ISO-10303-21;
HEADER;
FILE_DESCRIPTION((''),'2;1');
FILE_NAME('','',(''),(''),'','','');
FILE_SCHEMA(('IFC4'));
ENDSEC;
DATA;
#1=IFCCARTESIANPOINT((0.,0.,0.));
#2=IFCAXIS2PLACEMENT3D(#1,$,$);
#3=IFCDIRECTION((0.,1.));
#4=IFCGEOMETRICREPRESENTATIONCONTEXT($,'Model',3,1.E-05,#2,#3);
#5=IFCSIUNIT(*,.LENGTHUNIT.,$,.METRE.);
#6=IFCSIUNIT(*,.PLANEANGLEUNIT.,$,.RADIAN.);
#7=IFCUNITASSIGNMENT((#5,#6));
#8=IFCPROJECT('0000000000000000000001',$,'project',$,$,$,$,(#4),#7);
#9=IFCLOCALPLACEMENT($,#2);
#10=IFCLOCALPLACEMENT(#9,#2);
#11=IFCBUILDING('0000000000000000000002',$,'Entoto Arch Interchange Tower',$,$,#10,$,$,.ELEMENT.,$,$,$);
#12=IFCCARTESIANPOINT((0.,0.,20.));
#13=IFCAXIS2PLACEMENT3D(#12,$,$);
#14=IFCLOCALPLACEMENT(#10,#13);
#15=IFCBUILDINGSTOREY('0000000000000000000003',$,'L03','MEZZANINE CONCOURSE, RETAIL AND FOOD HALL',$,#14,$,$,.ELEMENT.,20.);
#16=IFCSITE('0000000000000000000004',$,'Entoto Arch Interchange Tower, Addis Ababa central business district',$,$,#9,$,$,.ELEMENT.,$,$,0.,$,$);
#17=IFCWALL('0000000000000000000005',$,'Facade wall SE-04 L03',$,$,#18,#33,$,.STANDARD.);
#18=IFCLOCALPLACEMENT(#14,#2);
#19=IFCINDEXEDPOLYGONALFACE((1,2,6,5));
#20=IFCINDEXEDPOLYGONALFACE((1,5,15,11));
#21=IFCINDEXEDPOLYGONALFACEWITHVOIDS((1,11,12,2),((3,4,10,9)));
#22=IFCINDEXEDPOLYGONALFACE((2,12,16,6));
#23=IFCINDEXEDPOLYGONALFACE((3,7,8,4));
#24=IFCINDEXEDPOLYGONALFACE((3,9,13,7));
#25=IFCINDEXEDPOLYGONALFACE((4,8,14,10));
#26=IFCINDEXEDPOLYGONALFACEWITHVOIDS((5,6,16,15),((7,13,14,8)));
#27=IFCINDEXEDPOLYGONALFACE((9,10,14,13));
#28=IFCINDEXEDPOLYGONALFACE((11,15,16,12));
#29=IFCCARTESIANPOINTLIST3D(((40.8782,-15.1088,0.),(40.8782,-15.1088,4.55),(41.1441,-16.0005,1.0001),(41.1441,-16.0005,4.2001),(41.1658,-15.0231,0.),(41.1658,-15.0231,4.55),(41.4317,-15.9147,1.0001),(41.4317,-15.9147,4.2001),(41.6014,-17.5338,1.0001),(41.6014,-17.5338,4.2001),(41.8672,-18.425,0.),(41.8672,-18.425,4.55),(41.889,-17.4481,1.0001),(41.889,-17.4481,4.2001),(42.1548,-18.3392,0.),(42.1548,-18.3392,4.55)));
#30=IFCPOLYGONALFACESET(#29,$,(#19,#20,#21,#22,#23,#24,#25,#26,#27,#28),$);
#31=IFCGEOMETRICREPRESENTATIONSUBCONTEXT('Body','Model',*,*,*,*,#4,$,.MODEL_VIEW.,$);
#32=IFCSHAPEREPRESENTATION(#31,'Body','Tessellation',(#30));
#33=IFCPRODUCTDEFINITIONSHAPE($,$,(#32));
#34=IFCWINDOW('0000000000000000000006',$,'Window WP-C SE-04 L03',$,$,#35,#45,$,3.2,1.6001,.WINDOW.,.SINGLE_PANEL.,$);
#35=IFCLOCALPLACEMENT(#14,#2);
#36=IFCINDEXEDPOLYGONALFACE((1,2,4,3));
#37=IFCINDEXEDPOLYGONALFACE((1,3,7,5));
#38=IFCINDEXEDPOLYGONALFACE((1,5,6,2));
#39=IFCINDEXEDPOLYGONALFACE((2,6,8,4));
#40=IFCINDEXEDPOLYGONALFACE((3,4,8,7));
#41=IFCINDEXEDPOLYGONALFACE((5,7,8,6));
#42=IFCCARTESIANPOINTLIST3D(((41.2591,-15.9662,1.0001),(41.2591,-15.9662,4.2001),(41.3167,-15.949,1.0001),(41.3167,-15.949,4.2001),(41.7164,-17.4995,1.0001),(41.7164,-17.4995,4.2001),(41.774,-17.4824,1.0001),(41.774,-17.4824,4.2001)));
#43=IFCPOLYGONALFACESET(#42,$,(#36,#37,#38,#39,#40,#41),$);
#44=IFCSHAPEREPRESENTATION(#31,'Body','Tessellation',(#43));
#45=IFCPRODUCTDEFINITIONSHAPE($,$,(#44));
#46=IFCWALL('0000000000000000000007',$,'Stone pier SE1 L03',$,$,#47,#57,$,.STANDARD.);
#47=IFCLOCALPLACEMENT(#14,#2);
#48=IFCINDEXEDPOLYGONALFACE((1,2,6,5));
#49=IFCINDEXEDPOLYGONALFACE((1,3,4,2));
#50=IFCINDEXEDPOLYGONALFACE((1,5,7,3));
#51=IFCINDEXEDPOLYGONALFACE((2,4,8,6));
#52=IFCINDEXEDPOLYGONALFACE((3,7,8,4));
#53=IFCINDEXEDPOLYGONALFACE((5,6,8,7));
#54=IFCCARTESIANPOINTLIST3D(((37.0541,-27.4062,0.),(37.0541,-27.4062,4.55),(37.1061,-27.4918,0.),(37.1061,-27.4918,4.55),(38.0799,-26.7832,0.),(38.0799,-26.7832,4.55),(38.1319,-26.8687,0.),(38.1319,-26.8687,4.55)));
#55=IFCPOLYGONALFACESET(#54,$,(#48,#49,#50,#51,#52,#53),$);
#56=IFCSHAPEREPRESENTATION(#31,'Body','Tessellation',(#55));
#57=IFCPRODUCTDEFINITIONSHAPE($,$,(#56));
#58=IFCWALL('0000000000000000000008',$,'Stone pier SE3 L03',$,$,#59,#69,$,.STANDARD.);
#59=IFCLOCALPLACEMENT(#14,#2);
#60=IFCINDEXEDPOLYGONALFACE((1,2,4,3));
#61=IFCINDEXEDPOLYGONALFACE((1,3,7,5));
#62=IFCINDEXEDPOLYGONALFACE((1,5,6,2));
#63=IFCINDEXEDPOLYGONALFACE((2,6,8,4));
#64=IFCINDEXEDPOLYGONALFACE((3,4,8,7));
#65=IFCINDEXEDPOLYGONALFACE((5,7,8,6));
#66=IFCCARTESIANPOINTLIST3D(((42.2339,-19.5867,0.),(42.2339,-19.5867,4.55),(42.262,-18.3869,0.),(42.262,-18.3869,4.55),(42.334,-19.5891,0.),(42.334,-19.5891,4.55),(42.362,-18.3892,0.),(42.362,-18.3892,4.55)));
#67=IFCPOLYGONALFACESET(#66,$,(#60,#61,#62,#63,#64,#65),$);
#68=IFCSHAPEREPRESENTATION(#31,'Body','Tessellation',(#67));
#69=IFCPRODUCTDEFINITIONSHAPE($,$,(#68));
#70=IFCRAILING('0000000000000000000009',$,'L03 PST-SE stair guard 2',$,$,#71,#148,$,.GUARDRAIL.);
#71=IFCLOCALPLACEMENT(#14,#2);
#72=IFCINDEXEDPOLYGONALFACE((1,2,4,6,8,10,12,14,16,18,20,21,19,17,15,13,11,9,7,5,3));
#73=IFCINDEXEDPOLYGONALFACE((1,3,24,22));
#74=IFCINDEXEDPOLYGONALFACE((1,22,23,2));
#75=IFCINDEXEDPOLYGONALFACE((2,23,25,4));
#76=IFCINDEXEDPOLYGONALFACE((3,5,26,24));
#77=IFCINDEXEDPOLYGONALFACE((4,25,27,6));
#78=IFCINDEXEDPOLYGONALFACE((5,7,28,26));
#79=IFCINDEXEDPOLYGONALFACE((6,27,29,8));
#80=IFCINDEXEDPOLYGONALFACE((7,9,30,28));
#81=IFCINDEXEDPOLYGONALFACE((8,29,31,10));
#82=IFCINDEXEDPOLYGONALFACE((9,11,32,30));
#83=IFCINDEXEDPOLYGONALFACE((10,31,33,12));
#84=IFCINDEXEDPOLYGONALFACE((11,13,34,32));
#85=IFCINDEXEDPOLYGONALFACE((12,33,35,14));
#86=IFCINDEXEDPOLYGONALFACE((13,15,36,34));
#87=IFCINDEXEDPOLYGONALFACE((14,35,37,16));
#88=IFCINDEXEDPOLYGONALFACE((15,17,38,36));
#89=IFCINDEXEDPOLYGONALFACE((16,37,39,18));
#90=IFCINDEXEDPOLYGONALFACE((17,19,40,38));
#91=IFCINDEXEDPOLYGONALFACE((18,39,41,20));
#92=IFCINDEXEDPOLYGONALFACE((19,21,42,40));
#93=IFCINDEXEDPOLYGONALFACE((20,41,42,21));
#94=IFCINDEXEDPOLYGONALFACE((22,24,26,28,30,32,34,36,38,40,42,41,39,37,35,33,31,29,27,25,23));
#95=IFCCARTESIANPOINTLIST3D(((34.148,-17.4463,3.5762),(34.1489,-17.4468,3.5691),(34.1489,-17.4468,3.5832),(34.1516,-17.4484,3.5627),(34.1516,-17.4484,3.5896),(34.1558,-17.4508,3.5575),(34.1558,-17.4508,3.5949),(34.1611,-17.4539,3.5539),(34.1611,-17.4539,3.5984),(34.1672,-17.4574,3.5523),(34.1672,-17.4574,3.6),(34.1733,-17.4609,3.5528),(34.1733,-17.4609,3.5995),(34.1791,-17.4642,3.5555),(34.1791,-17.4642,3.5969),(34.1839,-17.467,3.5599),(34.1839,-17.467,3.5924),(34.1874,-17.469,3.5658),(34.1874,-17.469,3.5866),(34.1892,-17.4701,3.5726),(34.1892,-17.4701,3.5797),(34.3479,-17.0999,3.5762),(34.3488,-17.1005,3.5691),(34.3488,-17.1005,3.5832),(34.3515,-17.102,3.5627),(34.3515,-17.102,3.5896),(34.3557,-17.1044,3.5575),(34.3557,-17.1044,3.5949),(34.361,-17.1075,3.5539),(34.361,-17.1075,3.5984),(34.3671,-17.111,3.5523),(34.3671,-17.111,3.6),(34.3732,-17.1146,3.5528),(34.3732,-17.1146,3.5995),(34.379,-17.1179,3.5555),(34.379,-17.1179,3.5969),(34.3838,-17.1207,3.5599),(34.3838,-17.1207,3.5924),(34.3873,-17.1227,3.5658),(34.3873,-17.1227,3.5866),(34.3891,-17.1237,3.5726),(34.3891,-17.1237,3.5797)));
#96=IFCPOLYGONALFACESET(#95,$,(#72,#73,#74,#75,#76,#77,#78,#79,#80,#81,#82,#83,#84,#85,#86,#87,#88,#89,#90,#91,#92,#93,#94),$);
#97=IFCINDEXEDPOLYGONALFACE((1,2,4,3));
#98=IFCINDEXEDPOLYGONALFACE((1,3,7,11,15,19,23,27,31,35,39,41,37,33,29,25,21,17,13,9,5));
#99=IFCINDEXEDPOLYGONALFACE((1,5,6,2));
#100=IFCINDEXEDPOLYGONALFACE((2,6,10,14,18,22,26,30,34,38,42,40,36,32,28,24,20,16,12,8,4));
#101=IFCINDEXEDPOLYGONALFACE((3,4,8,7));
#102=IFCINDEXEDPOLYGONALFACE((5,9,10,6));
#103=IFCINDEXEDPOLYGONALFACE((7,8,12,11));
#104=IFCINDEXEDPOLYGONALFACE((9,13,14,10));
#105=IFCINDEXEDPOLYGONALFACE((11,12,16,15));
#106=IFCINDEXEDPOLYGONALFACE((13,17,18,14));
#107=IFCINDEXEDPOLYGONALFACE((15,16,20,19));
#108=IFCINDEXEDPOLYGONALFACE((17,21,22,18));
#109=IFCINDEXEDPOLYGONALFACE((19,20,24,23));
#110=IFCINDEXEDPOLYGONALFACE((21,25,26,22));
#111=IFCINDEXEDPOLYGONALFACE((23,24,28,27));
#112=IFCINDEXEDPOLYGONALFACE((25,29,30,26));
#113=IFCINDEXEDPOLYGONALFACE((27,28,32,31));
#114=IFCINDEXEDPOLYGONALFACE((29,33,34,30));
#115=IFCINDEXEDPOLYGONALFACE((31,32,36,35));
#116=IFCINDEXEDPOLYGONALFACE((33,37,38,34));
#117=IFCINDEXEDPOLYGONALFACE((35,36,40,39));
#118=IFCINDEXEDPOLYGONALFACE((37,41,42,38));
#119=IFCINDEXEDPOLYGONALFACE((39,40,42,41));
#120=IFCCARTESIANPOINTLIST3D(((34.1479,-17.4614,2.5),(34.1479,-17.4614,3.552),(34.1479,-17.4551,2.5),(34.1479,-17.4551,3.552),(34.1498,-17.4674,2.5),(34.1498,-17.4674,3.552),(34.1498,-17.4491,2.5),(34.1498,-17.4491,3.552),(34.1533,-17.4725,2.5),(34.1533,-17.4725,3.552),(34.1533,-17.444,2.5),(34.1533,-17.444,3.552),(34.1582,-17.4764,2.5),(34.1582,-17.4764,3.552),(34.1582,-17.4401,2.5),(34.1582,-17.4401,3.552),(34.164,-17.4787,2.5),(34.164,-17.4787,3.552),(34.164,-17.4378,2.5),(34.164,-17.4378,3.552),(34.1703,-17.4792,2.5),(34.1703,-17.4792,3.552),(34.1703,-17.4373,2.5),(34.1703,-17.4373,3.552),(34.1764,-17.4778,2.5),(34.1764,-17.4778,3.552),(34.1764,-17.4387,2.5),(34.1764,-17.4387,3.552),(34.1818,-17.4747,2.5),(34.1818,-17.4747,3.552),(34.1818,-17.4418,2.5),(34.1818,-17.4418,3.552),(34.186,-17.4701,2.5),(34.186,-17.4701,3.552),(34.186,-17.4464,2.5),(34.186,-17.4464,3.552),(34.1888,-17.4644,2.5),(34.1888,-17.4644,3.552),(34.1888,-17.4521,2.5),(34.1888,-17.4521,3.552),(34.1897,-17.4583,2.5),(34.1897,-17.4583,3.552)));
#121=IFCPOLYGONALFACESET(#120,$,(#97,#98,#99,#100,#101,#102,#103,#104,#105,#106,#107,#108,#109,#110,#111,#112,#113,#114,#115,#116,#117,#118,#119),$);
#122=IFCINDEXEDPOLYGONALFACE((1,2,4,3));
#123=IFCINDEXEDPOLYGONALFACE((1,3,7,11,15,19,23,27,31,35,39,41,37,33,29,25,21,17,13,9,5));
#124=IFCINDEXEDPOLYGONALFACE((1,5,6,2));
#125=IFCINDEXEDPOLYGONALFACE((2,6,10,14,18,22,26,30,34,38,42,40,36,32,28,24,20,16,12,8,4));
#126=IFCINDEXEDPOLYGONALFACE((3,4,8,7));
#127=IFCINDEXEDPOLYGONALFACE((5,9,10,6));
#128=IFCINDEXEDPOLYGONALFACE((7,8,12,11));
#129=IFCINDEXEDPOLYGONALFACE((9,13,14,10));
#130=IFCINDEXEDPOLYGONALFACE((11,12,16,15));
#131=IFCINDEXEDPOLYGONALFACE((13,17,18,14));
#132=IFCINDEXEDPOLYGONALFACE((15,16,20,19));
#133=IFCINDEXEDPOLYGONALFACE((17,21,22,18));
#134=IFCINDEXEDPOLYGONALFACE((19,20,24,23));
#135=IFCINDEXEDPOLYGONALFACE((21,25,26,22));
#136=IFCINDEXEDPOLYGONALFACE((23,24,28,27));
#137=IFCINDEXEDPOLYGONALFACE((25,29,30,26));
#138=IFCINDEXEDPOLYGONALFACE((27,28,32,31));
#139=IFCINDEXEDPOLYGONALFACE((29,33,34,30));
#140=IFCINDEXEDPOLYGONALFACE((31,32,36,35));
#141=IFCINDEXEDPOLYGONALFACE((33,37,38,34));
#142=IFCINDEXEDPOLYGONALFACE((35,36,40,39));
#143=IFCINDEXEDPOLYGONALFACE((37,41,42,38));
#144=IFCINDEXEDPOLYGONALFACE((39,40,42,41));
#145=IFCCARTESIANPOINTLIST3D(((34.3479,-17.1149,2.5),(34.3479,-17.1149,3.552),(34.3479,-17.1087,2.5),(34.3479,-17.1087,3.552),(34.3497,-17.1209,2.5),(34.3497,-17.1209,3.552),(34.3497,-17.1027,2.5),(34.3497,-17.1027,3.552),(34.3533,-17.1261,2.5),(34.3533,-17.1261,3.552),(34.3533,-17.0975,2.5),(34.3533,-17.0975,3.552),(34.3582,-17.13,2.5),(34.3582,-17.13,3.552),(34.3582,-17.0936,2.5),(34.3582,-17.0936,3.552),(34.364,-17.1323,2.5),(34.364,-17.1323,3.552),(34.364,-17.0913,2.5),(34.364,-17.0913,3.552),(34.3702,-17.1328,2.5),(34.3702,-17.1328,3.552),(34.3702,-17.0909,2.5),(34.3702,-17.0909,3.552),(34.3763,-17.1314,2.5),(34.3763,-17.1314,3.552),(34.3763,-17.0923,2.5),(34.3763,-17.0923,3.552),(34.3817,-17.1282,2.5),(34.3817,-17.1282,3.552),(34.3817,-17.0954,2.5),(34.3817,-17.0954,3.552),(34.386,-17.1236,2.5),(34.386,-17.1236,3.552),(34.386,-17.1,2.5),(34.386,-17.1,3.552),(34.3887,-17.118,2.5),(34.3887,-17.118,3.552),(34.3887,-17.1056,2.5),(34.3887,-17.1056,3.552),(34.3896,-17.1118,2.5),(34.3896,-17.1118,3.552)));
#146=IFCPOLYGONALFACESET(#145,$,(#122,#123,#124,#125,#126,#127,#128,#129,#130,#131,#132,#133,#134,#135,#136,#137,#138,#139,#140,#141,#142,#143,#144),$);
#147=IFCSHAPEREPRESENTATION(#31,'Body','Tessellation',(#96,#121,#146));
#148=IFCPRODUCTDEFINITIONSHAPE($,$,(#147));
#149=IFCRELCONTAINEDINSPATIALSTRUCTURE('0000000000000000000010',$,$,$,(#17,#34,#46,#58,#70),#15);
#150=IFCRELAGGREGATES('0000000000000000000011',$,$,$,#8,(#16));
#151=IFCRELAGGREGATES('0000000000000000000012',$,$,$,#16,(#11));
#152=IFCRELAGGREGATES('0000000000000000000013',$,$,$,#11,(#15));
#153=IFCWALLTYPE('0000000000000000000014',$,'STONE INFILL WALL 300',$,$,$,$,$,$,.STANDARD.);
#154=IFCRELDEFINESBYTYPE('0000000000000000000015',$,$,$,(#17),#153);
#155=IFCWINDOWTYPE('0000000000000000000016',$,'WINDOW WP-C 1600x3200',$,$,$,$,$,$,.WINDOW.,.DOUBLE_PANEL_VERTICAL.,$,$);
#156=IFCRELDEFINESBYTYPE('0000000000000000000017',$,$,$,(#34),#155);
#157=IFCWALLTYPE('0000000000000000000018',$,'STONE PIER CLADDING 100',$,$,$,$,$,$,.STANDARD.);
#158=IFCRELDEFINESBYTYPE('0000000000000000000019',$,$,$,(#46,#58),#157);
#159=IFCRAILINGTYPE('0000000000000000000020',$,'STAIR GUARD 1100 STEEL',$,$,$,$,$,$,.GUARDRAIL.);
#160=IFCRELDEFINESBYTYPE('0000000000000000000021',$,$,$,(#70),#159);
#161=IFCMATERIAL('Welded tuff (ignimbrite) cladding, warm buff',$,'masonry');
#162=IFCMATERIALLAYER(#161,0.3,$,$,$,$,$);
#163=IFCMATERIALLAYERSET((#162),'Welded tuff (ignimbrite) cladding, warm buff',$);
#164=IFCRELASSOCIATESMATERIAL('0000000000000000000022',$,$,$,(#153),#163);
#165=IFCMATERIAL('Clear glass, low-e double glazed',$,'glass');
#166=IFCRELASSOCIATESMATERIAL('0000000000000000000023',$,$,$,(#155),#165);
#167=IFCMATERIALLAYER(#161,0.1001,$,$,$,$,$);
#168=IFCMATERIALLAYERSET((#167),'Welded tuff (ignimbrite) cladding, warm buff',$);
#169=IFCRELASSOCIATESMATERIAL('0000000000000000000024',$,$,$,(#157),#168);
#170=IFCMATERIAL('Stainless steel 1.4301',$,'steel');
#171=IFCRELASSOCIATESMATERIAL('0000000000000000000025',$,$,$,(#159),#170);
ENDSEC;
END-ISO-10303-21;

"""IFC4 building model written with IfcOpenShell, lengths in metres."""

from ifc_helpers import new_model, si_unit, direction, frame, frame_2d, origin, origin_2d, place, context, subcontext, project, spatial, rectangle, circle, extrude, material, layer, layer_set, type_object, element, fill, save


model = new_model("IFC4")

# Units and contexts
model_context = context("Model", 3, precision=1e-05, world=origin(), true_north=direction((0.0, 1.0)))
body_context = subcontext(model_context, "Body", "Model", "MODEL_VIEW")
ifc_project = project(units=[si_unit("LENGTHUNIT", "METRE"), si_unit("PLANEANGLEUNIT", "RADIAN")], contexts=[model_context])

# Site, building, storey
site_placement = place(None, origin())
site = spatial("IfcSite", under=ifc_project, at=site_placement, Name="Entoto Arch Interchange Tower, Addis Ababa central business district", CompositionType="ELEMENT", RefElevation=0.0)
building_placement = place(site_placement, origin())
building = spatial("IfcBuilding", under=site, at=building_placement, Name="Entoto Arch Interchange Tower", CompositionType="ELEMENT")
storey_placement = place(building_placement, frame((0.0, 0.0, 20.0)))
storey = spatial("IfcBuildingStorey", under=building, at=storey_placement, Name="L03", Description="MEZZANINE CONCOURSE, RETAIL AND FOOD HALL", CompositionType="ELEMENT", Elevation=20.0)

# Wall, opening, window
ifc_material_1 = material(Name="Welded tuff (ignimbrite) cladding, warm buff", Category="masonry")
ifc_layer_1 = layer(ifc_material_1, 0.3)
ifc_layer_set_1 = layer_set([ifc_layer_1], Name="Welded tuff (ignimbrite) cladding, warm buff")
wall_type_1 = type_object("IfcWallType", Name="STONE INFILL WALL 300", PredefinedType="STANDARD", material=ifc_layer_set_1)
ifc_material_2 = material(Name="Clear glass, low-e double glazed", Category="glass")
window_type = type_object("IfcWindowType", Name="WINDOW WP-C 1600x3200", PartitioningType="DOUBLE_PANEL_VERTICAL", PredefinedType="WINDOW", material=ifc_material_2)
wall_1_placement = place(storey_placement, frame((42.011, -18.3821, 0.0), z_axis=(0.0, 0.0, 1.0), x_axis=(-0.285801, 0.958289, 0.0)))
wall_1 = element("IfcWall", 1, at=wall_1_placement, inside=storey, type_object=wall_type_1, Name="Facade wall SE-04 L03", PredefinedType="STANDARD", context=body_context, shape_type="SweptSolid", body=[
    extrude(rectangle(XDim=3.4604, YDim=0.3, at=frame_2d((1.7302, 0.0))), origin(), (0.0, 0.0, 1.0), 4.55),
])
opening_1_placement = place(wall_1_placement, frame((0.9299, 0.0, 1.0)))
opening_1 = element("IfcOpeningElement", 2, at=opening_1_placement, cuts=wall_1, PredefinedType="OPENING", context=body_context, shape_type="SweptSolid", body=[
    extrude(rectangle(XDim=1.6001, YDim=3.2, at=frame_2d((0.8, 1.6001))), frame((0.0, 0.1602, 0.0), z_axis=(0.0, -1.0, 0.0), x_axis=(1.0, 0.0, 0.0)), (0.0, 0.0, 1.0), 0.3201),
])
window_1_placement = place(opening_1_placement, origin())
window_1 = element("IfcWindow", 3, at=window_1_placement, inside=storey, type_object=window_type, Name="Window WP-C SE-04 L03", OverallHeight=3.2, OverallWidth=1.6001, PartitioningType="SINGLE_PANEL", PredefinedType="WINDOW", context=body_context, shape_type="SweptSolid", body=[
    extrude(rectangle(XDim=1.6001, YDim=3.2, at=frame_2d((0.8, 1.6001))), frame((0.0, 0.03, 0.0), z_axis=(0.0, -1.0, 0.0), x_axis=(1.0, 0.0, 0.0)), (0.0, 0.0, 1.0), 0.0601),
])
fill(opening_1, window_1)

# Walls
ifc_layer_2 = layer(ifc_material_1, 0.1001)
ifc_layer_set_2 = layer_set([ifc_layer_2], Name="Welded tuff (ignimbrite) cladding, warm buff")
wall_type_2 = type_object("IfcWallType", Name="STONE PIER CLADDING 100", PredefinedType="STANDARD", material=ifc_layer_set_2)
for number, where, z_axis, x_axis, name in (
    (4, (37.0801, -27.449, 0.0), (0.0, 0.0, 1.0), (0.854717, 0.519095, 0.0), "Stone pier SE1 L03"),
    (5, (42.2839, -19.5879, 0.0), (0.0, 0.0, 1.0), (0.023391, 0.999726, 0.0), "Stone pier SE3 L03"),
):
    element("IfcWall", number, at=place(storey_placement, frame(where, z_axis=z_axis, x_axis=x_axis)), inside=storey, type_object=wall_type_2, Name=name, PredefinedType="STANDARD", context=body_context, shape_type="SweptSolid", body=[
        extrude(rectangle(XDim=1.2002, YDim=0.1001, at=frame_2d((0.6001, 0.0))), origin(), (0.0, 0.0, 1.0), 4.55),
    ])

# Railing
ifc_material_3 = material(Name="Stainless steel 1.4301", Category="steel")
railing_type = type_object("IfcRailingType", Name="STAIR GUARD 1100 STEEL", PredefinedType="GUARDRAIL", material=ifc_material_3)
railing_placement = place(storey_placement, frame((34.1687, -17.4583, 2.5)))
element("IfcRailing", 6, at=railing_placement, inside=storey, type_object=railing_type, Name="L03 PST-SE stair guard 2", PredefinedType="GUARDRAIL", context=body_context, shape_type="SweptSolid", body=[
    extrude(circle(Radius=0.0239, at=origin_2d()), frame((0.0, 0.0, 1.0762), z_axis=(0.499881, 0.866094, 0.0), x_axis=(-0.866094, 0.499881, 0.0)), (0.0, 0.0, 1.0), 0.3999),
    extrude(circle(Radius=0.021, at=origin_2d()), origin(), (0.0, 0.0, 1.0), 1.052),
    extrude(circle(Radius=0.021, at=origin_2d()), frame((0.2, 0.3464, 0.0)), (0.0, 0.0, 1.0), 1.052),
])

save(model, "model.ifc")
